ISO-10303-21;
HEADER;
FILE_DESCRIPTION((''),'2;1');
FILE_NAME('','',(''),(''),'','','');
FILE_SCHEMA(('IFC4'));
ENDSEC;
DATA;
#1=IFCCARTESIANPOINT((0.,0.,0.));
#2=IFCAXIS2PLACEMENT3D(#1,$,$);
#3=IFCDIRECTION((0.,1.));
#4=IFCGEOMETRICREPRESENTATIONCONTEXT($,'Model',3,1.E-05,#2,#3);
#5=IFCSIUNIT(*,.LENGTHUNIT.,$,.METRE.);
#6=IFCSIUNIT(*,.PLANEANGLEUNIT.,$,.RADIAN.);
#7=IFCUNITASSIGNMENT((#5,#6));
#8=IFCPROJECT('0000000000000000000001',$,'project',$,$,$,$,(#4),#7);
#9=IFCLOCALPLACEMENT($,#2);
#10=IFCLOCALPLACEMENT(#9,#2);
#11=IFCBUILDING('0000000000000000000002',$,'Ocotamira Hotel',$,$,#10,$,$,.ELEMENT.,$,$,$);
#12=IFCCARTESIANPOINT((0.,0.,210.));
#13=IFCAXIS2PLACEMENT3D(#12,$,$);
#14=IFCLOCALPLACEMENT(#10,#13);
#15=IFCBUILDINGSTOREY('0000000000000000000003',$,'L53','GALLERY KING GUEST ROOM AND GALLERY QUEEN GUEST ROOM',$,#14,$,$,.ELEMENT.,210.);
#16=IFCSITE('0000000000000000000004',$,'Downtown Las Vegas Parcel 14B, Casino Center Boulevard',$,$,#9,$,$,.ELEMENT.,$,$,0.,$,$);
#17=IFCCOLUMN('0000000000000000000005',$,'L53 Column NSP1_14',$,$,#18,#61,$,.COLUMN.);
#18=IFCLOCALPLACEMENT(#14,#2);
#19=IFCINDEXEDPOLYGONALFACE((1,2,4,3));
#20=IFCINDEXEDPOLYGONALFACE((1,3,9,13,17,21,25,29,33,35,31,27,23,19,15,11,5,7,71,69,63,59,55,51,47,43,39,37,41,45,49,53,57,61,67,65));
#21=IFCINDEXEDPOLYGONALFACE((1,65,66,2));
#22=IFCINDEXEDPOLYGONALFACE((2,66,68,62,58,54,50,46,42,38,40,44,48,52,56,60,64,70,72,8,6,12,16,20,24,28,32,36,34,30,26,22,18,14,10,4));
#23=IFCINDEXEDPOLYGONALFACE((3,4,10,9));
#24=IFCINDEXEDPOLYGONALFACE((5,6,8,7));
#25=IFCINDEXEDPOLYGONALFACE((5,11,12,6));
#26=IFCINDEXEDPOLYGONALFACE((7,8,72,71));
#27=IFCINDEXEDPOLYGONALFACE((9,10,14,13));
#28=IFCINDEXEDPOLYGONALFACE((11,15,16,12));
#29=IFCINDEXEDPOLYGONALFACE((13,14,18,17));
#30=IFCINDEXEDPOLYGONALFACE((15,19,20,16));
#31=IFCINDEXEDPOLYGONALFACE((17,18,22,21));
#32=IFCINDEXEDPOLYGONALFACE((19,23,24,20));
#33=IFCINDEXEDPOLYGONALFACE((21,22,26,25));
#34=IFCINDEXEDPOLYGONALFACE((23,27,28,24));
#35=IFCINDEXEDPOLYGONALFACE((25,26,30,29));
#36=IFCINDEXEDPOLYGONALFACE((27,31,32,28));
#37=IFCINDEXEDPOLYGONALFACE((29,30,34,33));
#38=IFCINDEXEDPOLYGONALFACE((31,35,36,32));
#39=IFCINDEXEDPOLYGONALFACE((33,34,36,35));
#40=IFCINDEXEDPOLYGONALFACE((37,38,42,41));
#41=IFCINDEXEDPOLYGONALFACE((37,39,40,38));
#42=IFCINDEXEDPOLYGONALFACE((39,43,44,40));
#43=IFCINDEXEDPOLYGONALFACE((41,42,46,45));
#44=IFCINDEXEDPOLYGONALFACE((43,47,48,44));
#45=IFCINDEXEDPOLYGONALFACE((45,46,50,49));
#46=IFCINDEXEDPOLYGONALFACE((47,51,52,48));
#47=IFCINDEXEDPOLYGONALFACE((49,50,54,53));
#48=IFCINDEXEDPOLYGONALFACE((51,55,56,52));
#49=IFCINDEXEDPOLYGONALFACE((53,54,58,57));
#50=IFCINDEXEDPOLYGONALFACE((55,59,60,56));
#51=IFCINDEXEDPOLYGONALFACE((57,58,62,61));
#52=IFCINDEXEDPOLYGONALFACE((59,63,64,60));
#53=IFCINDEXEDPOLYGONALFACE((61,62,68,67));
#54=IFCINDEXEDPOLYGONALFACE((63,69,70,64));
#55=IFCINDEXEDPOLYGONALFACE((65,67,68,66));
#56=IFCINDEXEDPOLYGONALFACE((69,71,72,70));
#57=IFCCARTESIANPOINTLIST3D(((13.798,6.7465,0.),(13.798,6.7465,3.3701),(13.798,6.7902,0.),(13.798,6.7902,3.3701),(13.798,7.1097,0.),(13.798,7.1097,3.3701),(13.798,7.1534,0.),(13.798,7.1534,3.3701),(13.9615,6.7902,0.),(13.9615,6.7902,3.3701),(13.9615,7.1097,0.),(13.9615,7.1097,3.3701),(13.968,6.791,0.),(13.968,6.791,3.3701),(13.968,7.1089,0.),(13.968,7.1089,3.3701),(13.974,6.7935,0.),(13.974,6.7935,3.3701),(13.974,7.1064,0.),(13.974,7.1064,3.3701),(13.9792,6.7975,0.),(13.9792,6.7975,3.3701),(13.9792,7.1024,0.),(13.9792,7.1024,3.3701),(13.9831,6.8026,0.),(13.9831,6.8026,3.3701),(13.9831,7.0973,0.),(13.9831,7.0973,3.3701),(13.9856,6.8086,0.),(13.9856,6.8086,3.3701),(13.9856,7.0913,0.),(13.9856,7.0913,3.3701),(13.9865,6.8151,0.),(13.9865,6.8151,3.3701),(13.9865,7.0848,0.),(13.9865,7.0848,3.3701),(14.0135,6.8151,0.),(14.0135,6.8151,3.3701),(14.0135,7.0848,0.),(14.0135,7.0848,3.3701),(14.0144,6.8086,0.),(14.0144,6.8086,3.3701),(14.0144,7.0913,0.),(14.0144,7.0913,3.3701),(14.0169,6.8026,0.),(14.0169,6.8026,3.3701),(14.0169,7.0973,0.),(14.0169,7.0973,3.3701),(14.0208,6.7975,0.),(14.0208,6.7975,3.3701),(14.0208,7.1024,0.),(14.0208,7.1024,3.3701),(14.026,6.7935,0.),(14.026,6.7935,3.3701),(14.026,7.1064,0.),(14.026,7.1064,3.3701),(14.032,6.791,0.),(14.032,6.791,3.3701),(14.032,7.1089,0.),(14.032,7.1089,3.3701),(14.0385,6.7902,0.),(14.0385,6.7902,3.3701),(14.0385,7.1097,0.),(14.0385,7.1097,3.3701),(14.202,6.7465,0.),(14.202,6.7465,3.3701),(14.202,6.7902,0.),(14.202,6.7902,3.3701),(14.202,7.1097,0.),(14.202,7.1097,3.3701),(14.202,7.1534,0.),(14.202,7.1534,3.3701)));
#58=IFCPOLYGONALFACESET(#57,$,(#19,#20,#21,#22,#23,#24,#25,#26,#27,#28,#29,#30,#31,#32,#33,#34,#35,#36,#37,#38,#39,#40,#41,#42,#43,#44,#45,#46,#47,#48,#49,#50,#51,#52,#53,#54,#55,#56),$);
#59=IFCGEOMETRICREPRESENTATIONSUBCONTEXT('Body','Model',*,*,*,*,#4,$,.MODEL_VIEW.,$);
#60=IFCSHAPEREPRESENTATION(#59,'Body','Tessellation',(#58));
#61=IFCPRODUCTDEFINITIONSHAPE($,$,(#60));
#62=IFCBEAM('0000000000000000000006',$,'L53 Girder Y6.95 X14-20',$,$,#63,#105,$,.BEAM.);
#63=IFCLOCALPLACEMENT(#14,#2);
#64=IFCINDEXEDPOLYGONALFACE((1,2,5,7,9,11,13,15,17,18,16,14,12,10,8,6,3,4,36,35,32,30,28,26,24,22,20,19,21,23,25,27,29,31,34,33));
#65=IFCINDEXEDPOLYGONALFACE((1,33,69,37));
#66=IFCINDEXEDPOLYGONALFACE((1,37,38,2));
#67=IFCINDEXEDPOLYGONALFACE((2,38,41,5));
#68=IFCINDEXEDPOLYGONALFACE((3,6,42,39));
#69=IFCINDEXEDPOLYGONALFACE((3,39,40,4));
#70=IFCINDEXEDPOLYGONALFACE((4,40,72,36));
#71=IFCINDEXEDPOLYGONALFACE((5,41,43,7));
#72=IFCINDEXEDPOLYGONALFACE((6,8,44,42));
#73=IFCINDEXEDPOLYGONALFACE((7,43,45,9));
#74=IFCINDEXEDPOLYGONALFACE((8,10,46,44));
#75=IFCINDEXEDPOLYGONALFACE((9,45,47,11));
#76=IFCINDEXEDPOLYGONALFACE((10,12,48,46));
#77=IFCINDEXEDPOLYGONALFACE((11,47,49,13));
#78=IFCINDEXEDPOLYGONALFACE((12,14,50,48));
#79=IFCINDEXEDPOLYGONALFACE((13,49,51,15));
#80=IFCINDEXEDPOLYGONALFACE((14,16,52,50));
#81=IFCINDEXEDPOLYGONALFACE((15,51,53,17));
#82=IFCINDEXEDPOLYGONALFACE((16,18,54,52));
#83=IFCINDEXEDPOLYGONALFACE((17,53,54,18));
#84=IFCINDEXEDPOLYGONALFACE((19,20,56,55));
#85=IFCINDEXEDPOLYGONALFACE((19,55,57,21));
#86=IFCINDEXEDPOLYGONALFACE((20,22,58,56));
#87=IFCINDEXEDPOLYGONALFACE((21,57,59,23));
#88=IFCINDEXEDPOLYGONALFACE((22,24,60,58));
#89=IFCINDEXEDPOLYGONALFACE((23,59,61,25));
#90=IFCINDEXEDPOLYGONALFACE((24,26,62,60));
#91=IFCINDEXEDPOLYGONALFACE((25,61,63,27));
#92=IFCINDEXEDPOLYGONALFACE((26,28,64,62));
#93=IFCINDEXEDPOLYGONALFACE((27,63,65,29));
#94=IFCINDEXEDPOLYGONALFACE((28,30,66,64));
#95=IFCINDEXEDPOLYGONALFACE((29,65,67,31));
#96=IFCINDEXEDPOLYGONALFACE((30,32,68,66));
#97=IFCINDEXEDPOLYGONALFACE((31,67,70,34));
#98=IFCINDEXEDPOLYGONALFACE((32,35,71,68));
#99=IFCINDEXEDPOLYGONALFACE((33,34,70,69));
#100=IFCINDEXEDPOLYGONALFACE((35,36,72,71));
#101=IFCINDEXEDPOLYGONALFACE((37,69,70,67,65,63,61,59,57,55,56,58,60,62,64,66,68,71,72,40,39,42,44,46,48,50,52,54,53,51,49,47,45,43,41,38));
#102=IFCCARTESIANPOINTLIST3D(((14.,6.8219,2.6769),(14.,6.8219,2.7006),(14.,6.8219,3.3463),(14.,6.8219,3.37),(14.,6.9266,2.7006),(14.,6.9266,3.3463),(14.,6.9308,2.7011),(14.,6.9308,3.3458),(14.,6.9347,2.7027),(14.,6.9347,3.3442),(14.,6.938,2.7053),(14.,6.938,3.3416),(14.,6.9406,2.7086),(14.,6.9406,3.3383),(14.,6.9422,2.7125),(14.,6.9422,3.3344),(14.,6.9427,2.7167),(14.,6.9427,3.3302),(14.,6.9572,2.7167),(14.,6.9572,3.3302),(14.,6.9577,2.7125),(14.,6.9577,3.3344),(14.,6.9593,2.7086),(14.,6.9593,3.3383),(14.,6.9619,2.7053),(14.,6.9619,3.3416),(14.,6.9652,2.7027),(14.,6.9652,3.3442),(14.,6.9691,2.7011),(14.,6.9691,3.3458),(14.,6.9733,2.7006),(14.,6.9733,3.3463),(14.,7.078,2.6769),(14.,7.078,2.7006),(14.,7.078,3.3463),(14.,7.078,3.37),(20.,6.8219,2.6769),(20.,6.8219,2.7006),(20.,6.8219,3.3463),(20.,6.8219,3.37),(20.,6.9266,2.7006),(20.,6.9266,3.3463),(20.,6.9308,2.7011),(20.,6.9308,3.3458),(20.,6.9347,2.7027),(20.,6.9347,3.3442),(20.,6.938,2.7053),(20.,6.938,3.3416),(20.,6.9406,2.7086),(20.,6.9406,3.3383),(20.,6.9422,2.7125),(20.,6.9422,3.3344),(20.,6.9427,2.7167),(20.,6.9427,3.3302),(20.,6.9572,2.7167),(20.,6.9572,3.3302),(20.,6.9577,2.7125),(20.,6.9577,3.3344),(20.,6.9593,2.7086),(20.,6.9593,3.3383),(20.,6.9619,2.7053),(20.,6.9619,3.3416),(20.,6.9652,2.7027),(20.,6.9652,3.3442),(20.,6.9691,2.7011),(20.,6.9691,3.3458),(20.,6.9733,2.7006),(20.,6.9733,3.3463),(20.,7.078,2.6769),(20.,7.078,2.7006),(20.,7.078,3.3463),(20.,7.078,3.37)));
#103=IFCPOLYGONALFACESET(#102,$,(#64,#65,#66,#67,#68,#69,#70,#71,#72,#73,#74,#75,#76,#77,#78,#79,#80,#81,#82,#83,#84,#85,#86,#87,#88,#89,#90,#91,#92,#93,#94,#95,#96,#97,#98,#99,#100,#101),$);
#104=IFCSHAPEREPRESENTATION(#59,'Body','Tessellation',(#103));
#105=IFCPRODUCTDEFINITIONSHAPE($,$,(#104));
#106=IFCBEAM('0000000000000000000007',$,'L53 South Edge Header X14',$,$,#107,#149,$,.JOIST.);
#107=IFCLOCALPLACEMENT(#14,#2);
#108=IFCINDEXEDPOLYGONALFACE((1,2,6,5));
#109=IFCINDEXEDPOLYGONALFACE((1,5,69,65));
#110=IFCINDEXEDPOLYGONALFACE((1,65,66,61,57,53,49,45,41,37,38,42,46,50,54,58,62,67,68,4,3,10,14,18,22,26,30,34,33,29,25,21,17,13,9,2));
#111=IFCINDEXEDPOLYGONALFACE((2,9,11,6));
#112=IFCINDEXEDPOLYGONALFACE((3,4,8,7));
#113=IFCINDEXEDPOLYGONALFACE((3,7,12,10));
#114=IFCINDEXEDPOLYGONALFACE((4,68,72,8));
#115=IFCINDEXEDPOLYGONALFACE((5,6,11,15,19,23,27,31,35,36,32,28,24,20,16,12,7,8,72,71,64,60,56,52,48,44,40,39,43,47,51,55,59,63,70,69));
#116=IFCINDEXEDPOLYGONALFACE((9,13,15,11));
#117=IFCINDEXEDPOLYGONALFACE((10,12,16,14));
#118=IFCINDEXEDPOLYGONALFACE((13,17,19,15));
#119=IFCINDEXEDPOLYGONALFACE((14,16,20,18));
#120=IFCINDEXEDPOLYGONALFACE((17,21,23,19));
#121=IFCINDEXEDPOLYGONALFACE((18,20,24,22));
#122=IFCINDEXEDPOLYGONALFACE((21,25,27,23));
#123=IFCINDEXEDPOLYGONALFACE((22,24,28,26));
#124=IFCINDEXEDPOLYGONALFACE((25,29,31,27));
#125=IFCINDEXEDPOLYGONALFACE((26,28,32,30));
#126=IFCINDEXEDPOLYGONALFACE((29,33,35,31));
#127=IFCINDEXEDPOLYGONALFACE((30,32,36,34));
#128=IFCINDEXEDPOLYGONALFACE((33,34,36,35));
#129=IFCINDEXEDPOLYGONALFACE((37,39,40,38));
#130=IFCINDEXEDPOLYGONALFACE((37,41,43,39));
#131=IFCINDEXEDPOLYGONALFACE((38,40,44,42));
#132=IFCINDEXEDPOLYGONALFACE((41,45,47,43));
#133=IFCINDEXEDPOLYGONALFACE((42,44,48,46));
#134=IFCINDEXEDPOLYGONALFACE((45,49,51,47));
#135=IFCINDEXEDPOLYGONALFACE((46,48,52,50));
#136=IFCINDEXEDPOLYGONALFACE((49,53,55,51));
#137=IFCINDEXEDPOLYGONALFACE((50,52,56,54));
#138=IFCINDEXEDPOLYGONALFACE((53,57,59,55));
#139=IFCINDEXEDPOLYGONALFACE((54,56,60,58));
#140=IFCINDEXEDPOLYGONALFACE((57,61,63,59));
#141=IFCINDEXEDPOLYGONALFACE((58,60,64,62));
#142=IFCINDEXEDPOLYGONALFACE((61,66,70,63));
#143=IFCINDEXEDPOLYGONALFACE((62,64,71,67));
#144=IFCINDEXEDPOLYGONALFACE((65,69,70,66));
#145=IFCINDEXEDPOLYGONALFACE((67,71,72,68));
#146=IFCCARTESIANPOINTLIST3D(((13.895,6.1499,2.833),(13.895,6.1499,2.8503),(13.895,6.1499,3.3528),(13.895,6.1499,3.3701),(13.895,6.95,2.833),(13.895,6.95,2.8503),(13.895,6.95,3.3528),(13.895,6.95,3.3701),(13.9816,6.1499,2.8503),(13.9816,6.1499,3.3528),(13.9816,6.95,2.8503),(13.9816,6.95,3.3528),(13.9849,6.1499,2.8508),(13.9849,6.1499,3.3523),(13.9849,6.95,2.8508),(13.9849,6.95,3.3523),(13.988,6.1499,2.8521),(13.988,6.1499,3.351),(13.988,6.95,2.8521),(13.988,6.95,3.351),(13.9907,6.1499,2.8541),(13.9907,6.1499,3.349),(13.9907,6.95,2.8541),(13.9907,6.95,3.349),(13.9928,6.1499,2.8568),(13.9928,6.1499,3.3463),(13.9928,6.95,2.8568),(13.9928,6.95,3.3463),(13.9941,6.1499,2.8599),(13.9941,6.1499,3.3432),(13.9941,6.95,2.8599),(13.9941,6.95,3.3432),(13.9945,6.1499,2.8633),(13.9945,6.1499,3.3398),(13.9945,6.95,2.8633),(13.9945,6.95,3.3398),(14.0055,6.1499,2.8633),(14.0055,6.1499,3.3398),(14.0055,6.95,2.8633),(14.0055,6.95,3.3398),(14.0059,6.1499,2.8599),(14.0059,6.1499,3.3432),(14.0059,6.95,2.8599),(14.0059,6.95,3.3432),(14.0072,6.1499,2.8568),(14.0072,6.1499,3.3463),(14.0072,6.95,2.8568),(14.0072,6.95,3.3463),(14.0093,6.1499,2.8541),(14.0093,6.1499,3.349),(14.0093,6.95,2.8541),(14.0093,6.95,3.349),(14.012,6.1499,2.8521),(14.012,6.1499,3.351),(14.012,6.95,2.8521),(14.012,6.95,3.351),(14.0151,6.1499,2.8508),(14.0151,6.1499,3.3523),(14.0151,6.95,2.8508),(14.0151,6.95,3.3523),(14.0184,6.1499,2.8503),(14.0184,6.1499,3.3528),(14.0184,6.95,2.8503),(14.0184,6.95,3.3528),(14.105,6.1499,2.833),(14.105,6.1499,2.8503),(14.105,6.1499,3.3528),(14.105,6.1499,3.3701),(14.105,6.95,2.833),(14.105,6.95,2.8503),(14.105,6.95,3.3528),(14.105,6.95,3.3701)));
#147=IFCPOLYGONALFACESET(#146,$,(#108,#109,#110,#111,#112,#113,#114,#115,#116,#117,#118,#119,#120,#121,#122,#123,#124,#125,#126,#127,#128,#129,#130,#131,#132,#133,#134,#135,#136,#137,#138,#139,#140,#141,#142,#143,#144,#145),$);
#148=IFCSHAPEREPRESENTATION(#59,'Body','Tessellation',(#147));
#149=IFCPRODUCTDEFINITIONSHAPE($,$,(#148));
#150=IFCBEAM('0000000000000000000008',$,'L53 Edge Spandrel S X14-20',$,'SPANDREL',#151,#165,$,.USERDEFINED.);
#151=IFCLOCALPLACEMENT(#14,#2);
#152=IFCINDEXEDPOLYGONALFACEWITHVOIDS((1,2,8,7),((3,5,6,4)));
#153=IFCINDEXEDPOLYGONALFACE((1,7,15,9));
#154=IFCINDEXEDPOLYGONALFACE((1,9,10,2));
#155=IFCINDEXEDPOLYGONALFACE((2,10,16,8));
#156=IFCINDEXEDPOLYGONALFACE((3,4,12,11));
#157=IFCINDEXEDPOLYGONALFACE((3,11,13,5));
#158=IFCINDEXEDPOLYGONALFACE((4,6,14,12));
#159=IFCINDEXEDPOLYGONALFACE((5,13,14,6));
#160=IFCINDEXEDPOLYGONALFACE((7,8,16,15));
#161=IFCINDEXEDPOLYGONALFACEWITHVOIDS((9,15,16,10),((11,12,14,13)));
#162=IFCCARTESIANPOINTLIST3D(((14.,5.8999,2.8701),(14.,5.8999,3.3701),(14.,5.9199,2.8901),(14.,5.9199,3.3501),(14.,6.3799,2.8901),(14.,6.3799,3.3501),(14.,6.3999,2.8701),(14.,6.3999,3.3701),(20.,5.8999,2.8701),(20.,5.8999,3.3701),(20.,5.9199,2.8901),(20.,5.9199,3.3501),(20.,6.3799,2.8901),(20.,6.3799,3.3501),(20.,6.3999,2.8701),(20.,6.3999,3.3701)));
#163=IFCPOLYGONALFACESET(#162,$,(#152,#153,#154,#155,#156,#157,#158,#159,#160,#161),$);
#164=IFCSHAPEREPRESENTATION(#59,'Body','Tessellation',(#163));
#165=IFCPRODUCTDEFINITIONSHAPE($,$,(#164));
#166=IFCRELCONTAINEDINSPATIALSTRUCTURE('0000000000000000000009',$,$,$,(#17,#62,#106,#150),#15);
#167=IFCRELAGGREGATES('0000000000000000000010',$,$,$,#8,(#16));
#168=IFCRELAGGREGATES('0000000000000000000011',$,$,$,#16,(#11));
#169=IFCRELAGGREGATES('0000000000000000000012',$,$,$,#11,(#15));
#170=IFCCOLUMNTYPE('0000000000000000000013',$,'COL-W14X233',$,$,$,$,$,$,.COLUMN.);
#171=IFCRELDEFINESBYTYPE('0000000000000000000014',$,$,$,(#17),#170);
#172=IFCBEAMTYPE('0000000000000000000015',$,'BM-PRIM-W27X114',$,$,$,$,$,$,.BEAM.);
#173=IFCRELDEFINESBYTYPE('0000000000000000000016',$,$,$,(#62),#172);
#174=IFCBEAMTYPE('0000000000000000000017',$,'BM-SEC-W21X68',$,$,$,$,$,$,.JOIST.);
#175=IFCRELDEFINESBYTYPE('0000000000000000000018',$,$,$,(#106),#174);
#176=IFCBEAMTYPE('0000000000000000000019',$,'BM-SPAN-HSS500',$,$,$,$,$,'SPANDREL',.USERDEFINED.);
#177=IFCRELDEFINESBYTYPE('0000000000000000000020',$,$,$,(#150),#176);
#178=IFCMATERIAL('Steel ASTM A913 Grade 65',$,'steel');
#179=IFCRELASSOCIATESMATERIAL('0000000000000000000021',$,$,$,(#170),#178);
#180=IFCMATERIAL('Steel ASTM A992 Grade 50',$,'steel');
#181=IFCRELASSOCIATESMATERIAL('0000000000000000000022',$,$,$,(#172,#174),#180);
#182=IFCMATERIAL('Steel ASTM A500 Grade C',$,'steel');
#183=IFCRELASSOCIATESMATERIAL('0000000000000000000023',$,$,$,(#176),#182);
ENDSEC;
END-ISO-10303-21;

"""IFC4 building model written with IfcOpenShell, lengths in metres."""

from ifc_helpers import new_model, si_unit, direction, frame, origin, origin_2d, place, context, subcontext, project, spatial, hollow_rectangle, i_section, extrude, source, transform, mapped, material, material_profile, profile_set, type_object, element, save


model = new_model("IFC4")

# Units and contexts
model_context = context("Model", 3, precision=1e-05, world=origin(), true_north=direction((0.0, 1.0)))
body_context = subcontext(model_context, "Body", "Model", "MODEL_VIEW")
ifc_project = project(units=[si_unit("LENGTHUNIT", "METRE"), si_unit("PLANEANGLEUNIT", "RADIAN")], contexts=[model_context])

# Site, building, storey
site_placement = place(None, origin())
site = spatial("IfcSite", under=ifc_project, at=site_placement, Name="Downtown Las Vegas Parcel 14B, Casino Center Boulevard", CompositionType="ELEMENT", RefElevation=0.0)
building_placement = place(site_placement, origin())
building = spatial("IfcBuilding", under=site, at=building_placement, Name="Ocotamira Hotel", CompositionType="ELEMENT")
storey_placement = place(building_placement, frame((0.0, 0.0, 210.0)))
storey = spatial("IfcBuildingStorey", under=building, at=storey_placement, Name="L53", Description="GALLERY KING GUEST ROOM AND GALLERY QUEEN GUEST ROOM", CompositionType="ELEMENT", Elevation=210.0)

# Column
ifc_material_1 = material(Name="Steel ASTM A913 Grade 65", Category="steel")
ifc_material_profile_1 = material_profile(ifc_material_1, i_section(OverallWidth=0.4041, OverallDepth=0.407, WebThickness=0.0271, FlangeThickness=0.0437, FilletRadius=0.0249, at=origin_2d()), Name="W14X233")
ifc_profile_set_1 = profile_set([ifc_material_profile_1], Name="Steel ASTM A913 Grade 65")
column_type = type_object("IfcColumnType", Name="COL-W14X233", PredefinedType="COLUMN", material=ifc_profile_set_1)
shared_shape_1 = source(origin(), body_context, "Body", "SweptSolid", [
    extrude(i_section(OverallWidth=0.4041, OverallDepth=0.407, WebThickness=0.0271, FlangeThickness=0.0437, FilletRadius=0.0249, at=origin_2d()), origin(), (0.0, 0.0, 1.0), 3.3701),
])
column_placement = place(storey_placement, frame((14.0, 6.95, 0.0), z_axis=(0.0, 0.0, 1.0), x_axis=(1.0, 0.0, 0.0)))
element("IfcColumn", 1, at=column_placement, inside=storey, type_object=column_type, Name="L53 Column NSP1_14", PredefinedType="COLUMN", context=body_context, shape_type="MappedRepresentation", body=[
    mapped(shared_shape_1, transform((0.0, 0.0, 0.0), scale=1.0)),
])

# Beams
ifc_material_2 = material(Name="Steel ASTM A992 Grade 50", Category="steel")
ifc_material_profile_2 = material_profile(ifc_material_2, i_section(OverallWidth=0.2561, OverallDepth=0.6931, WebThickness=0.0144, FlangeThickness=0.0237, FilletRadius=0.0161, at=origin_2d()), Name="W27X114")
ifc_profile_set_2 = profile_set([ifc_material_profile_2], Name="Steel ASTM A992 Grade 50")
beam_type_1 = type_object("IfcBeamType", Name="BM-PRIM-W27X114", PredefinedType="BEAM", material=ifc_profile_set_2)
shared_shape_2 = source(origin(), body_context, "Body", "SweptSolid", [
    extrude(i_section(OverallWidth=0.2561, OverallDepth=0.6931, WebThickness=0.0144, FlangeThickness=0.0237, FilletRadius=0.0161, at=origin_2d()), origin(), (0.0, 0.0, 1.0), 6.0),
])
beam_1_placement = place(storey_placement, frame((14.0, 6.95, 3.0234), z_axis=(1.0, 0.0, 0.0), x_axis=(0.0, 1.0, 0.0)))
element("IfcBeam", 2, at=beam_1_placement, inside=storey, type_object=beam_type_1, Name="L53 Girder Y6.95 X14-20", PredefinedType="BEAM", context=body_context, shape_type="MappedRepresentation", body=[
    mapped(shared_shape_2, transform((0.0, 0.0, 0.0), scale=1.0)),
])
ifc_material_profile_3 = material_profile(ifc_material_2, i_section(OverallWidth=0.21, OverallDepth=0.5371, WebThickness=0.011, FlangeThickness=0.0173, FilletRadius=0.0129, at=origin_2d()), Name="W21X68")
ifc_profile_set_3 = profile_set([ifc_material_profile_3], Name="Steel ASTM A992 Grade 50")
beam_type_2 = type_object("IfcBeamType", Name="BM-SEC-W21X68", PredefinedType="JOIST", material=ifc_profile_set_3)
shared_shape_3 = source(origin(), body_context, "Body", "SweptSolid", [
    extrude(i_section(OverallWidth=0.21, OverallDepth=0.5371, WebThickness=0.011, FlangeThickness=0.0173, FilletRadius=0.0129, at=origin_2d()), origin(), (0.0, 0.0, 1.0), 0.8),
])
beam_2_placement = place(storey_placement, frame((14.0, 6.95, 3.1016), z_axis=(0.0, -1.0, 0.0), x_axis=(1.0, 0.0, 0.0)))
element("IfcBeam", 3, at=beam_2_placement, inside=storey, type_object=beam_type_2, Name="L53 South Edge Header X14", PredefinedType="JOIST", context=body_context, shape_type="MappedRepresentation", body=[
    mapped(shared_shape_3, transform((0.0, 0.0, 0.0), scale=1.0)),
])
ifc_material_3 = material(Name="Steel ASTM A500 Grade C", Category="steel")
ifc_material_profile_4 = material_profile(ifc_material_3, hollow_rectangle(XDim=0.5, YDim=0.5, WallThickness=0.02, at=origin_2d()), Name="HSS500X500X20")
ifc_profile_set_4 = profile_set([ifc_material_profile_4], Name="Steel ASTM A500 Grade C")
beam_type_3 = type_object("IfcBeamType", Name="BM-SPAN-HSS500", ElementType="SPANDREL", PredefinedType="USERDEFINED", material=ifc_profile_set_4)
shared_shape_4 = source(origin(), body_context, "Body", "SweptSolid", [
    extrude(hollow_rectangle(XDim=0.5, YDim=0.5, WallThickness=0.02, at=origin_2d()), origin(), (0.0, 0.0, 1.0), 6.0),
])
beam_3_placement = place(storey_placement, frame((14.0, 6.1499, 3.1201), z_axis=(1.0, 0.0, 0.0), x_axis=(0.0, 1.0, 0.0)))
element("IfcBeam", 4, at=beam_3_placement, inside=storey, type_object=beam_type_3, Name="L53 Edge Spandrel S X14-20", ObjectType="SPANDREL", PredefinedType="USERDEFINED", context=body_context, shape_type="MappedRepresentation", body=[
    mapped(shared_shape_4, transform((0.0, 0.0, 0.0), scale=1.0)),
])

save(model, "model.ifc")
